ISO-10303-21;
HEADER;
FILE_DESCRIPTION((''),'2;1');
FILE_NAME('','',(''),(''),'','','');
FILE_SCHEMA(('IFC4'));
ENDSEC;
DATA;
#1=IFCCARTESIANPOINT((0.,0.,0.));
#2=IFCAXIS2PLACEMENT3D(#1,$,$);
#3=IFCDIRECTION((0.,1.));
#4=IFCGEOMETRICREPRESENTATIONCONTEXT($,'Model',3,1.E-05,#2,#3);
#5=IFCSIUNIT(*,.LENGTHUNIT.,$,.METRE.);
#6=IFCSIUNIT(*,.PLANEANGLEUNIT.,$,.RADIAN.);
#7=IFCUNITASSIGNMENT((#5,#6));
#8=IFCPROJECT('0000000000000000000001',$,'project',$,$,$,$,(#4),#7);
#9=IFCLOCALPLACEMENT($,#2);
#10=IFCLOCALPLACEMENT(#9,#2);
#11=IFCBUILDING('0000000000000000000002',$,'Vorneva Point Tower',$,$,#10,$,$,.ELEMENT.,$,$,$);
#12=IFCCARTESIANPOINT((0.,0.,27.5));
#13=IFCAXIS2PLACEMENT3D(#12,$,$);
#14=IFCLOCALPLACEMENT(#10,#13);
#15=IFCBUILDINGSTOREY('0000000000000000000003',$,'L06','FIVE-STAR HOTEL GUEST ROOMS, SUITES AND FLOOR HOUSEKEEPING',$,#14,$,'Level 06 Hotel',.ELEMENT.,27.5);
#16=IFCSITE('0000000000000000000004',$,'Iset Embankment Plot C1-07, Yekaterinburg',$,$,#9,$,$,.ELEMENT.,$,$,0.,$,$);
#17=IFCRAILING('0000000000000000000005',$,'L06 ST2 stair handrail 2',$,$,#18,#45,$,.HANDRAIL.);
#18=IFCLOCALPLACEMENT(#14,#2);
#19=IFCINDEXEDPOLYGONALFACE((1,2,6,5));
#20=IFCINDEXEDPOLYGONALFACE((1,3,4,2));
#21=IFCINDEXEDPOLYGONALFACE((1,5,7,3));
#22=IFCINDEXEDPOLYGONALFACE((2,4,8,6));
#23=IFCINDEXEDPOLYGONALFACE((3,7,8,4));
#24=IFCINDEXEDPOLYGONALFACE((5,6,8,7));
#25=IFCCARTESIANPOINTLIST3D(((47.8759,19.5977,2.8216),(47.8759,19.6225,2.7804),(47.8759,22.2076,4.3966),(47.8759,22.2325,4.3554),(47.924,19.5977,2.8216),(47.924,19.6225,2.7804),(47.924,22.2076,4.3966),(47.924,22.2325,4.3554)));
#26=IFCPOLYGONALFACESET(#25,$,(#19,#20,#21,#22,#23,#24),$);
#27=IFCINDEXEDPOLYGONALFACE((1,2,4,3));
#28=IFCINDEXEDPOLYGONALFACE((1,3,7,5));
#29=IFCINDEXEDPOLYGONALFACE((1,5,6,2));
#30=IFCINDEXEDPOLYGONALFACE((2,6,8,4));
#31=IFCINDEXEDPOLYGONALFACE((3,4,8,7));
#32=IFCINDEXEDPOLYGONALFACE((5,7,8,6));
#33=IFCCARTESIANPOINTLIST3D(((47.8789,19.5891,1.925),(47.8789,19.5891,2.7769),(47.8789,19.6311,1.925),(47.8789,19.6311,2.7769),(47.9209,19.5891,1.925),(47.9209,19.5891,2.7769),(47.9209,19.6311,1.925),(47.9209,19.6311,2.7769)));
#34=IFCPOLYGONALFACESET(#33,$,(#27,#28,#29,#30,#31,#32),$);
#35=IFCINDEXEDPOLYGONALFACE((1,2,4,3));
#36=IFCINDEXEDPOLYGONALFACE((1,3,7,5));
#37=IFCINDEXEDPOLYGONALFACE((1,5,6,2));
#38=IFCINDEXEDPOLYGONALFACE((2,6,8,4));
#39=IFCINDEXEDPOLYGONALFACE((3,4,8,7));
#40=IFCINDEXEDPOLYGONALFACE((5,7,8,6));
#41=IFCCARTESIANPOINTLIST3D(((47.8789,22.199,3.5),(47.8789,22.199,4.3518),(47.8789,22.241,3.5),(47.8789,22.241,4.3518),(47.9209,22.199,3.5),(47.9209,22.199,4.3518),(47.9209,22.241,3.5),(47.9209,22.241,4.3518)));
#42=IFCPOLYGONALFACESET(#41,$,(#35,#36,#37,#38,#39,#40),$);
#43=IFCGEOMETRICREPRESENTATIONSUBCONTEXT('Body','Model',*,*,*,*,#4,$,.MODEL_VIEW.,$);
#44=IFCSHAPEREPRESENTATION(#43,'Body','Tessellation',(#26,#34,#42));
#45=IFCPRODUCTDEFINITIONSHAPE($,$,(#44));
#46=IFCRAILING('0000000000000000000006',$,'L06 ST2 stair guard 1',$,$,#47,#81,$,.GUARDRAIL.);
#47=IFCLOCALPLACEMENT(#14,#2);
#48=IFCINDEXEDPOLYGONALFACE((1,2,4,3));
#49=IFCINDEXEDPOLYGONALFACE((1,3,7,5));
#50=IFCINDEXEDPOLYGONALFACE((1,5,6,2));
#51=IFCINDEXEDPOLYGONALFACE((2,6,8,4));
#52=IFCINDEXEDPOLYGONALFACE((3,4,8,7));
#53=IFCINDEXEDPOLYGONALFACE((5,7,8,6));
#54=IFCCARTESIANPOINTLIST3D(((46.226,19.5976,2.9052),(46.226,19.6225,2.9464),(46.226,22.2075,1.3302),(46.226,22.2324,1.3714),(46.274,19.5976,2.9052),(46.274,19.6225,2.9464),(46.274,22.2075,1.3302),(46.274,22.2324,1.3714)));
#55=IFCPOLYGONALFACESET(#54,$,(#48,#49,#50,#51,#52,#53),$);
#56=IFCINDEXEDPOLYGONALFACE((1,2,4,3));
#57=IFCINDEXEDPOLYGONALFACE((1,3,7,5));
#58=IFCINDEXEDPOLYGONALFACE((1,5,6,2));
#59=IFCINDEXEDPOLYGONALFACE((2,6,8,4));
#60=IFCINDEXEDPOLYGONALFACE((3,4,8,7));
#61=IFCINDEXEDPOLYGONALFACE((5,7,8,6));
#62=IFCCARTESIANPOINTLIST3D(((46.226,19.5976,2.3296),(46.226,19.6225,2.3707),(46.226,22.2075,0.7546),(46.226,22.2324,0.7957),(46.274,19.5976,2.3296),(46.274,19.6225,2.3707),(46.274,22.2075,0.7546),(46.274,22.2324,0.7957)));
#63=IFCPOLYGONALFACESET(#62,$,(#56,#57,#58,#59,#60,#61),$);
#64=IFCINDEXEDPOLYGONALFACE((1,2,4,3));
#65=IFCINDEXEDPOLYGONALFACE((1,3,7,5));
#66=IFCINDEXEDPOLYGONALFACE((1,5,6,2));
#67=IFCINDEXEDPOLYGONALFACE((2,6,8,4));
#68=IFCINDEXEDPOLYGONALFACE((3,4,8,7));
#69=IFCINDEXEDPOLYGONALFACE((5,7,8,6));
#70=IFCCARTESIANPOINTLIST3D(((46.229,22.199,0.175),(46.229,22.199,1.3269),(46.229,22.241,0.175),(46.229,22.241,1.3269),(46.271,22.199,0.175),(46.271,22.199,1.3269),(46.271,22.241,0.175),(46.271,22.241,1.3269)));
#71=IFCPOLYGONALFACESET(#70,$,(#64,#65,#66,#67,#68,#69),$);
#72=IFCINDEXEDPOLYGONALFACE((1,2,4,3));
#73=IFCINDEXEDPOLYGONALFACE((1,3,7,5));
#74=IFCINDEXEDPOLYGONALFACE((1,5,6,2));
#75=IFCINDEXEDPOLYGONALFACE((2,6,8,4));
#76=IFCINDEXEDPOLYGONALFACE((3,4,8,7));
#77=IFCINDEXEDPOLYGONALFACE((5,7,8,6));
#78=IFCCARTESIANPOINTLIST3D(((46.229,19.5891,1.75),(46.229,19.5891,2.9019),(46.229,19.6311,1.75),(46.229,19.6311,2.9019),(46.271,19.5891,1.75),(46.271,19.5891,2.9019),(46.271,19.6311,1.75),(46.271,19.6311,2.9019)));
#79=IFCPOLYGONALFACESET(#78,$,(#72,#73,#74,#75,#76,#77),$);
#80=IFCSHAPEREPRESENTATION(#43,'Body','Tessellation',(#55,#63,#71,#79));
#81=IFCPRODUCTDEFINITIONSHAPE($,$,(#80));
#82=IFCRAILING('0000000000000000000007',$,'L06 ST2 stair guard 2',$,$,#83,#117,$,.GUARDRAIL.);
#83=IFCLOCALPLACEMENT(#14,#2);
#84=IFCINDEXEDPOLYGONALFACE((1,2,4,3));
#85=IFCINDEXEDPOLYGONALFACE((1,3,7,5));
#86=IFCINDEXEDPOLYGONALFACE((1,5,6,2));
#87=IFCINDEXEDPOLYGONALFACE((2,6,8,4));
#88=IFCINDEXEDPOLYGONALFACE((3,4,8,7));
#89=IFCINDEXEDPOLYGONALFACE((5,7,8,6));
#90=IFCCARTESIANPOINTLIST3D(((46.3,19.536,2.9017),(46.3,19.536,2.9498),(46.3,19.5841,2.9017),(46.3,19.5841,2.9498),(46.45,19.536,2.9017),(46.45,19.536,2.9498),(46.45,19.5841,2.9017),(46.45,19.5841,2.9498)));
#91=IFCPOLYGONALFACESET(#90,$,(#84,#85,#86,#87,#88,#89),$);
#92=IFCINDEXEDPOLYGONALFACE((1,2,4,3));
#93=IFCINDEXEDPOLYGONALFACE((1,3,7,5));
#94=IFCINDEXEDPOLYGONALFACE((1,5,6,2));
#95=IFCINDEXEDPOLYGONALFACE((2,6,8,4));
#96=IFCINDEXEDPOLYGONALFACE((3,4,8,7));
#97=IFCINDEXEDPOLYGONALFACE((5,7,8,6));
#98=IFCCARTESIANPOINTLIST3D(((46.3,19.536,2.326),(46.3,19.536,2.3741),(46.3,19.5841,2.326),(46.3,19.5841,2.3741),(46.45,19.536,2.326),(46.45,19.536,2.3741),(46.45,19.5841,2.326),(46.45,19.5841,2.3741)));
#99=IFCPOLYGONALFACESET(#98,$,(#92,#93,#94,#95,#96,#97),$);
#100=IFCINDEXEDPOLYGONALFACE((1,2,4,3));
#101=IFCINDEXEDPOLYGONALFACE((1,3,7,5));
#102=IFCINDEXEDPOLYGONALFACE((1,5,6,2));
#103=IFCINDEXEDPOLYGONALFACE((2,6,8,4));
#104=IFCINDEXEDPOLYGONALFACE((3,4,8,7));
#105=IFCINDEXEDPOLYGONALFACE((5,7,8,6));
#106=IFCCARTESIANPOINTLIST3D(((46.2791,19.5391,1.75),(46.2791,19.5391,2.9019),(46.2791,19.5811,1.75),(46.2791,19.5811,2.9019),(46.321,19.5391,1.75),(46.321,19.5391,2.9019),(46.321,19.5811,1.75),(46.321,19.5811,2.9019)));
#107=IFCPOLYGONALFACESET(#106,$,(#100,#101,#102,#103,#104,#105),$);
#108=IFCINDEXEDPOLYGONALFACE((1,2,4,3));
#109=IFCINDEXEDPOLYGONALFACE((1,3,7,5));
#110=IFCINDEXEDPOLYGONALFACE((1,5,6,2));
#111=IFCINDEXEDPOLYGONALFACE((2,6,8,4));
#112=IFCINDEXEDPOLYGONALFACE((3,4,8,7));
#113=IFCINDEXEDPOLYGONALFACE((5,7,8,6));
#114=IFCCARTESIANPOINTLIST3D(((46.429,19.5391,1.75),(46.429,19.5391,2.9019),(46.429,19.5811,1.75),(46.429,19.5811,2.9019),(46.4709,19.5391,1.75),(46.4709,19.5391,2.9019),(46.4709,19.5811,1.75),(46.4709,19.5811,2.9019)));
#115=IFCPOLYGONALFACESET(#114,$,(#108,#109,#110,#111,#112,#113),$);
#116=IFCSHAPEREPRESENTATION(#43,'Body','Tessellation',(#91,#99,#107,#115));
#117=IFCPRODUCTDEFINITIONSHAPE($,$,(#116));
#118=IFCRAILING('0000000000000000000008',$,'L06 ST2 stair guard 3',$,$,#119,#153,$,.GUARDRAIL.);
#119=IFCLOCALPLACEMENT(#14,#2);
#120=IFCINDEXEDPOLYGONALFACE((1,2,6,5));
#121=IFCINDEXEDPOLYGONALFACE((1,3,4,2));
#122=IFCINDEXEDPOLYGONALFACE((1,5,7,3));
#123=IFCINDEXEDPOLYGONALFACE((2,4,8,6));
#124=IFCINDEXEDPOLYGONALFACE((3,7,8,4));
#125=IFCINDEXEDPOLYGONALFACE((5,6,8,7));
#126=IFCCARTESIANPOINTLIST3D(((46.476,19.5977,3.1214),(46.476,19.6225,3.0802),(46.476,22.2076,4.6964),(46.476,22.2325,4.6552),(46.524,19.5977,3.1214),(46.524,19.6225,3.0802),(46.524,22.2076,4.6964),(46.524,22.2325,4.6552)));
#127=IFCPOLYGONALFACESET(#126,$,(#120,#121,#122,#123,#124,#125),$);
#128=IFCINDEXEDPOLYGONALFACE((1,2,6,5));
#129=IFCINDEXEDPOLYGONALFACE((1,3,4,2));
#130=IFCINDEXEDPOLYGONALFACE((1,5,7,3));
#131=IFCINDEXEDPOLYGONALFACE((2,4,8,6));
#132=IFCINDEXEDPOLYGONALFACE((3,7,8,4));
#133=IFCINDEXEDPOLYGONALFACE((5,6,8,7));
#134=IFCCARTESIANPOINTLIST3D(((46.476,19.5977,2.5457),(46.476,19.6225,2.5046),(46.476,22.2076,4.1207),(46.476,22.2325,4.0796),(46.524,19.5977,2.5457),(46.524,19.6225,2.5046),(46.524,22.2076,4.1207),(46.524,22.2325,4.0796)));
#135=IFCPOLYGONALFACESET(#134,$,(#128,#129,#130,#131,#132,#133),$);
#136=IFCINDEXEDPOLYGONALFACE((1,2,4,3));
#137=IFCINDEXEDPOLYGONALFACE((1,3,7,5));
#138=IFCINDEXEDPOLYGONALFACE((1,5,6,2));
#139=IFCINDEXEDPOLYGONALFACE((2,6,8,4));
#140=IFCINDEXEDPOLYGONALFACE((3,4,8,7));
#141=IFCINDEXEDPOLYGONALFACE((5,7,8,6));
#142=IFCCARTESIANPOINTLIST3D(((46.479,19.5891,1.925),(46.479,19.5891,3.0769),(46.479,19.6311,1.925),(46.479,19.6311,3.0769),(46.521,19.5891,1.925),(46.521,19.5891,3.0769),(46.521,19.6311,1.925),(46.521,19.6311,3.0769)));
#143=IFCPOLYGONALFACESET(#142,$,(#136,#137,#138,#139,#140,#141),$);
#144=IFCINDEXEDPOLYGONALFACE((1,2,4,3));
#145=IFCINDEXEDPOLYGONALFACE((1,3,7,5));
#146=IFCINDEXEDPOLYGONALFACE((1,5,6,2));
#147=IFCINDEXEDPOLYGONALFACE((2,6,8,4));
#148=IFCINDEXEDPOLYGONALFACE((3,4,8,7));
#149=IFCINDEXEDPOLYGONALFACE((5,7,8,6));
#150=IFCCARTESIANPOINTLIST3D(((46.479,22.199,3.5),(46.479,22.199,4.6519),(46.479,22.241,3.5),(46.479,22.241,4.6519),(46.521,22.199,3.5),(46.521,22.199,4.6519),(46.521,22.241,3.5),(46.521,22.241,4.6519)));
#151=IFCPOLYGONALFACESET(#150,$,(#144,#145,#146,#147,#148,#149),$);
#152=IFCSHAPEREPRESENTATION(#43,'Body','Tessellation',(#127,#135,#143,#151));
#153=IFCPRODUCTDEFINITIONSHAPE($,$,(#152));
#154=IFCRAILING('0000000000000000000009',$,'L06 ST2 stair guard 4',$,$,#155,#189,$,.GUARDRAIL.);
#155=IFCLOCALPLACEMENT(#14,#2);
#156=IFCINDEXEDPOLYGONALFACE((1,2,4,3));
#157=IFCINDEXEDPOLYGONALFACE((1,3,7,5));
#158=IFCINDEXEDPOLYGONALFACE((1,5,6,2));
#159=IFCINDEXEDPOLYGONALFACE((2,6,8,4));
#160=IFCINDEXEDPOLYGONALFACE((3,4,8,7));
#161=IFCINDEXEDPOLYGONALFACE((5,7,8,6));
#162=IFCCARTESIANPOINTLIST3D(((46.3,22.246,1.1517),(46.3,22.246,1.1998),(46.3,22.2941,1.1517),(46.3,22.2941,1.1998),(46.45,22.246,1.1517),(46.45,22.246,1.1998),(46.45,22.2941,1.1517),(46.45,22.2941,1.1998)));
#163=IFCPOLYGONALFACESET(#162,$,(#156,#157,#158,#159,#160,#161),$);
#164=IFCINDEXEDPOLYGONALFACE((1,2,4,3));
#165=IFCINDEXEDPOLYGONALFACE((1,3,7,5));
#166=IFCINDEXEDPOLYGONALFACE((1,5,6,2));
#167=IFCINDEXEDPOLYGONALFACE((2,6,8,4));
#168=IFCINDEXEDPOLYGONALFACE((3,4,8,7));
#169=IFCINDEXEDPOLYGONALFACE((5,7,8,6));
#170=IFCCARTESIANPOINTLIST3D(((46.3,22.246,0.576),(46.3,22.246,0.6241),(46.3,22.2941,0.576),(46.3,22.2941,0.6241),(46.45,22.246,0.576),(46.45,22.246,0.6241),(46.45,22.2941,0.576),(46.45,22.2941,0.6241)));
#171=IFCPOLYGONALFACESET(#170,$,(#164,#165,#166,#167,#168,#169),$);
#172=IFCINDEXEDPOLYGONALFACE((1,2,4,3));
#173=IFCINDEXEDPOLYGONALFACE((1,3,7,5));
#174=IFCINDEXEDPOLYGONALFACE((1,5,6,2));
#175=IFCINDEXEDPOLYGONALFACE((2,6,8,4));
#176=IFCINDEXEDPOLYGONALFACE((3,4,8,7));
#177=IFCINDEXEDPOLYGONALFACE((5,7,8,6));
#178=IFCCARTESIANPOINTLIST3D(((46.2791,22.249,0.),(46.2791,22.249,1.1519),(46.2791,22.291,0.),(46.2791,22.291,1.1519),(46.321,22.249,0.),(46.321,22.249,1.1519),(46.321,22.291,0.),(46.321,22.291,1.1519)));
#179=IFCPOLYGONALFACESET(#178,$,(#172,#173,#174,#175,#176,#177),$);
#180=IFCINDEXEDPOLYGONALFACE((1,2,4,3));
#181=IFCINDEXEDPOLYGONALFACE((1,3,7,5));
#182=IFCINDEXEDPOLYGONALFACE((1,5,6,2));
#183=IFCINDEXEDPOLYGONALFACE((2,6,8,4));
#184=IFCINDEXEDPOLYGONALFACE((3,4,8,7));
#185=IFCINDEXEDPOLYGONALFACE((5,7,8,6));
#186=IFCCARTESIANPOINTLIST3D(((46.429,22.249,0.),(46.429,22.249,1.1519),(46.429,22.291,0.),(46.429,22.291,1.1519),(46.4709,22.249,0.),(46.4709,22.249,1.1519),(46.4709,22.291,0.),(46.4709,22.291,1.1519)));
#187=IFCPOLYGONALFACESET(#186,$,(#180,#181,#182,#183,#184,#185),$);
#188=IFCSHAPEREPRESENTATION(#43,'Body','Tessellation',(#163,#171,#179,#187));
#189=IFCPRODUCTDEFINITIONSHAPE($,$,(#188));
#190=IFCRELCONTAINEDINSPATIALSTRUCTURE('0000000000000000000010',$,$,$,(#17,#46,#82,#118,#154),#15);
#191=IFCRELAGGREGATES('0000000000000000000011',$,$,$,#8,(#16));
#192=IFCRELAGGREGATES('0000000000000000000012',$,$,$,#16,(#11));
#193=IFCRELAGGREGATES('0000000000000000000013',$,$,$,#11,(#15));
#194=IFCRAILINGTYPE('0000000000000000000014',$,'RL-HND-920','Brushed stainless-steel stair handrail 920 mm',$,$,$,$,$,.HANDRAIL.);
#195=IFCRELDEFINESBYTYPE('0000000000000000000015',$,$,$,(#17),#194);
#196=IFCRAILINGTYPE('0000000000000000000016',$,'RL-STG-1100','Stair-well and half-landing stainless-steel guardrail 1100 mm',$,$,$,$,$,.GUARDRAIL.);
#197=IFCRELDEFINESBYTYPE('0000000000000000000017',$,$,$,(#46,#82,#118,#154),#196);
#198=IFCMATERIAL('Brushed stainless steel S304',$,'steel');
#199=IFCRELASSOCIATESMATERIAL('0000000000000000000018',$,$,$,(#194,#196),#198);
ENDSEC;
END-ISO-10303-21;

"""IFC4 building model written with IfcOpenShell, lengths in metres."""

from ifc_helpers import new_model, si_unit, direction, frame, origin, origin_2d, place, context, subcontext, project, spatial, rectangle, extrude, material, type_object, element, save


model = new_model("IFC4")

# Units and contexts
model_context = context("Model", 3, precision=1e-05, world=origin(), true_north=direction((0.0, 1.0)))
body_context = subcontext(model_context, "Body", "Model", "MODEL_VIEW")
ifc_project = project(units=[si_unit("LENGTHUNIT", "METRE"), si_unit("PLANEANGLEUNIT", "RADIAN")], contexts=[model_context])

# Site, building, storey
site_placement = place(None, origin())
site = spatial("IfcSite", under=ifc_project, at=site_placement, Name="Iset Embankment Plot C1-07, Yekaterinburg", CompositionType="ELEMENT", RefElevation=0.0)
building_placement = place(site_placement, origin())
building = spatial("IfcBuilding", under=site, at=building_placement, Name="Vorneva Point Tower", CompositionType="ELEMENT")
storey_placement = place(building_placement, frame((0.0, 0.0, 27.5)))
storey = spatial("IfcBuildingStorey", under=building, at=storey_placement, Name="L06", Description="FIVE-STAR HOTEL GUEST ROOMS, SUITES AND FLOOR HOUSEKEEPING", LongName="Level 06 Hotel", CompositionType="ELEMENT", Elevation=27.5)

# Shared definitions
ifc_material_1 = material(Name="Brushed stainless steel S304", Category="steel")

# Railings
railing_type_1 = type_object("IfcRailingType", Name="RL-HND-920", Description="Brushed stainless-steel stair handrail 920 mm", PredefinedType="HANDRAIL", material=ifc_material_1)
railing_1_placement = place(storey_placement, frame((47.8999, 19.6101, 1.925)))
element("IfcRailing", 1, at=railing_1_placement, inside=storey, type_object=railing_type_1, Name="L06 ST2 stair handrail 2", PredefinedType="HANDRAIL", context=body_context, shape_type="SweptSolid", body=[
    extrude(rectangle(XDim=0.0481, YDim=0.0481, at=origin_2d()), frame((0.0, 0.0, 0.876), z_axis=(0.0, 0.856183, 0.516673), x_axis=(-1.0, 0.0, 0.0)), (0.0, 0.0, 1.0), 3.0483),
    extrude(rectangle(XDim=0.042, YDim=0.042, at=origin_2d()), origin(), (0.0, 0.0, 1.0), 0.8518),
    extrude(rectangle(XDim=0.042, YDim=0.042, at=origin_2d()), frame((0.0, 2.6099, 1.575)), (0.0, 0.0, 1.0), 0.8518),
])
railing_type_2 = type_object("IfcRailingType", Name="RL-STG-1100", Description="Stair-well and half-landing stainless-steel guardrail 1100 mm", PredefinedType="GUARDRAIL", material=ifc_material_1)
railing_2_placement = place(storey_placement, frame((46.25, 22.22, 0.175)))
element("IfcRailing", 2, at=railing_2_placement, inside=storey, type_object=railing_type_2, Name="L06 ST2 stair guard 1", PredefinedType="GUARDRAIL", context=body_context, shape_type="SweptSolid", body=[
    extrude(rectangle(XDim=0.0481, YDim=0.0481, at=origin_2d()), frame((0.0, 0.0, 1.1758), z_axis=(0.0, -0.856183, 0.516673), x_axis=(1.0, 0.0, 0.0)), (0.0, 0.0, 1.0), 3.0483),
    extrude(rectangle(XDim=0.0481, YDim=0.0481, at=origin_2d()), frame((0.0, 0.0, 0.6001), z_axis=(0.0, -0.856183, 0.516673), x_axis=(1.0, 0.0, 0.0)), (0.0, 0.0, 1.0), 3.0483),
    extrude(rectangle(XDim=0.042, YDim=0.042, at=origin_2d()), origin(), (0.0, 0.0, 1.0), 1.1519),
    extrude(rectangle(XDim=0.042, YDim=0.042, at=origin_2d()), frame((0.0, -2.6099, 1.575)), (0.0, 0.0, 1.0), 1.1519),
])
railing_3_placement = place(storey_placement, frame((46.3, 19.5601, 1.75)))
element("IfcRailing", 3, at=railing_3_placement, inside=storey, type_object=railing_type_2, Name="L06 ST2 stair guard 2", PredefinedType="GUARDRAIL", context=body_context, shape_type="SweptSolid", body=[
    extrude(rectangle(XDim=0.0481, YDim=0.0481, at=origin_2d()), frame((0.0, 0.0, 1.1758), z_axis=(1.0, 0.0, 0.0), x_axis=(0.0, 1.0, 0.0)), (0.0, 0.0, 1.0), 0.1499),
    extrude(rectangle(XDim=0.0481, YDim=0.0481, at=origin_2d()), frame((0.0, 0.0, 0.6001), z_axis=(1.0, 0.0, 0.0), x_axis=(0.0, 1.0, 0.0)), (0.0, 0.0, 1.0), 0.1499),
    extrude(rectangle(XDim=0.042, YDim=0.042, at=origin_2d()), origin(), (0.0, 0.0, 1.0), 1.1519),
    extrude(rectangle(XDim=0.042, YDim=0.042, at=origin_2d()), frame((0.1499, 0.0, 0.0)), (0.0, 0.0, 1.0), 1.1519),
])
railing_4_placement = place(storey_placement, frame((46.5, 19.6101, 1.925)))
element("IfcRailing", 4, at=railing_4_placement, inside=storey, type_object=railing_type_2, Name="L06 ST2 stair guard 3", PredefinedType="GUARDRAIL", context=body_context, shape_type="SweptSolid", body=[
    extrude(rectangle(XDim=0.0481, YDim=0.0481, at=origin_2d()), frame((0.0, 0.0, 1.1758), z_axis=(0.0, 0.856183, 0.516673), x_axis=(-1.0, 0.0, 0.0)), (0.0, 0.0, 1.0), 3.0483),
    extrude(rectangle(XDim=0.0481, YDim=0.0481, at=origin_2d()), frame((0.0, 0.0, 0.6001), z_axis=(0.0, 0.856183, 0.516673), x_axis=(-1.0, 0.0, 0.0)), (0.0, 0.0, 1.0), 3.0483),
    extrude(rectangle(XDim=0.042, YDim=0.042, at=origin_2d()), origin(), (0.0, 0.0, 1.0), 1.1519),
    extrude(rectangle(XDim=0.042, YDim=0.042, at=origin_2d()), frame((0.0, 2.6099, 1.575)), (0.0, 0.0, 1.0), 1.1519),
])
railing_5_placement = place(storey_placement, frame((46.3, 22.27, 0.0)))
element("IfcRailing", 5, at=railing_5_placement, inside=storey, type_object=railing_type_2, Name="L06 ST2 stair guard 4", PredefinedType="GUARDRAIL", context=body_context, shape_type="SweptSolid", body=[
    extrude(rectangle(XDim=0.0481, YDim=0.0481, at=origin_2d()), frame((0.0, 0.0, 1.1758), z_axis=(1.0, 0.0, 0.0), x_axis=(0.0, 1.0, 0.0)), (0.0, 0.0, 1.0), 0.1499),
    extrude(rectangle(XDim=0.0481, YDim=0.0481, at=origin_2d()), frame((0.0, 0.0, 0.6001), z_axis=(1.0, 0.0, 0.0), x_axis=(0.0, 1.0, 0.0)), (0.0, 0.0, 1.0), 0.1499),
    extrude(rectangle(XDim=0.042, YDim=0.042, at=origin_2d()), origin(), (0.0, 0.0, 1.0), 1.1519),
    extrude(rectangle(XDim=0.042, YDim=0.042, at=origin_2d()), frame((0.1499, 0.0, 0.0)), (0.0, 0.0, 1.0), 1.1519),
])

save(model, "model.ifc")
